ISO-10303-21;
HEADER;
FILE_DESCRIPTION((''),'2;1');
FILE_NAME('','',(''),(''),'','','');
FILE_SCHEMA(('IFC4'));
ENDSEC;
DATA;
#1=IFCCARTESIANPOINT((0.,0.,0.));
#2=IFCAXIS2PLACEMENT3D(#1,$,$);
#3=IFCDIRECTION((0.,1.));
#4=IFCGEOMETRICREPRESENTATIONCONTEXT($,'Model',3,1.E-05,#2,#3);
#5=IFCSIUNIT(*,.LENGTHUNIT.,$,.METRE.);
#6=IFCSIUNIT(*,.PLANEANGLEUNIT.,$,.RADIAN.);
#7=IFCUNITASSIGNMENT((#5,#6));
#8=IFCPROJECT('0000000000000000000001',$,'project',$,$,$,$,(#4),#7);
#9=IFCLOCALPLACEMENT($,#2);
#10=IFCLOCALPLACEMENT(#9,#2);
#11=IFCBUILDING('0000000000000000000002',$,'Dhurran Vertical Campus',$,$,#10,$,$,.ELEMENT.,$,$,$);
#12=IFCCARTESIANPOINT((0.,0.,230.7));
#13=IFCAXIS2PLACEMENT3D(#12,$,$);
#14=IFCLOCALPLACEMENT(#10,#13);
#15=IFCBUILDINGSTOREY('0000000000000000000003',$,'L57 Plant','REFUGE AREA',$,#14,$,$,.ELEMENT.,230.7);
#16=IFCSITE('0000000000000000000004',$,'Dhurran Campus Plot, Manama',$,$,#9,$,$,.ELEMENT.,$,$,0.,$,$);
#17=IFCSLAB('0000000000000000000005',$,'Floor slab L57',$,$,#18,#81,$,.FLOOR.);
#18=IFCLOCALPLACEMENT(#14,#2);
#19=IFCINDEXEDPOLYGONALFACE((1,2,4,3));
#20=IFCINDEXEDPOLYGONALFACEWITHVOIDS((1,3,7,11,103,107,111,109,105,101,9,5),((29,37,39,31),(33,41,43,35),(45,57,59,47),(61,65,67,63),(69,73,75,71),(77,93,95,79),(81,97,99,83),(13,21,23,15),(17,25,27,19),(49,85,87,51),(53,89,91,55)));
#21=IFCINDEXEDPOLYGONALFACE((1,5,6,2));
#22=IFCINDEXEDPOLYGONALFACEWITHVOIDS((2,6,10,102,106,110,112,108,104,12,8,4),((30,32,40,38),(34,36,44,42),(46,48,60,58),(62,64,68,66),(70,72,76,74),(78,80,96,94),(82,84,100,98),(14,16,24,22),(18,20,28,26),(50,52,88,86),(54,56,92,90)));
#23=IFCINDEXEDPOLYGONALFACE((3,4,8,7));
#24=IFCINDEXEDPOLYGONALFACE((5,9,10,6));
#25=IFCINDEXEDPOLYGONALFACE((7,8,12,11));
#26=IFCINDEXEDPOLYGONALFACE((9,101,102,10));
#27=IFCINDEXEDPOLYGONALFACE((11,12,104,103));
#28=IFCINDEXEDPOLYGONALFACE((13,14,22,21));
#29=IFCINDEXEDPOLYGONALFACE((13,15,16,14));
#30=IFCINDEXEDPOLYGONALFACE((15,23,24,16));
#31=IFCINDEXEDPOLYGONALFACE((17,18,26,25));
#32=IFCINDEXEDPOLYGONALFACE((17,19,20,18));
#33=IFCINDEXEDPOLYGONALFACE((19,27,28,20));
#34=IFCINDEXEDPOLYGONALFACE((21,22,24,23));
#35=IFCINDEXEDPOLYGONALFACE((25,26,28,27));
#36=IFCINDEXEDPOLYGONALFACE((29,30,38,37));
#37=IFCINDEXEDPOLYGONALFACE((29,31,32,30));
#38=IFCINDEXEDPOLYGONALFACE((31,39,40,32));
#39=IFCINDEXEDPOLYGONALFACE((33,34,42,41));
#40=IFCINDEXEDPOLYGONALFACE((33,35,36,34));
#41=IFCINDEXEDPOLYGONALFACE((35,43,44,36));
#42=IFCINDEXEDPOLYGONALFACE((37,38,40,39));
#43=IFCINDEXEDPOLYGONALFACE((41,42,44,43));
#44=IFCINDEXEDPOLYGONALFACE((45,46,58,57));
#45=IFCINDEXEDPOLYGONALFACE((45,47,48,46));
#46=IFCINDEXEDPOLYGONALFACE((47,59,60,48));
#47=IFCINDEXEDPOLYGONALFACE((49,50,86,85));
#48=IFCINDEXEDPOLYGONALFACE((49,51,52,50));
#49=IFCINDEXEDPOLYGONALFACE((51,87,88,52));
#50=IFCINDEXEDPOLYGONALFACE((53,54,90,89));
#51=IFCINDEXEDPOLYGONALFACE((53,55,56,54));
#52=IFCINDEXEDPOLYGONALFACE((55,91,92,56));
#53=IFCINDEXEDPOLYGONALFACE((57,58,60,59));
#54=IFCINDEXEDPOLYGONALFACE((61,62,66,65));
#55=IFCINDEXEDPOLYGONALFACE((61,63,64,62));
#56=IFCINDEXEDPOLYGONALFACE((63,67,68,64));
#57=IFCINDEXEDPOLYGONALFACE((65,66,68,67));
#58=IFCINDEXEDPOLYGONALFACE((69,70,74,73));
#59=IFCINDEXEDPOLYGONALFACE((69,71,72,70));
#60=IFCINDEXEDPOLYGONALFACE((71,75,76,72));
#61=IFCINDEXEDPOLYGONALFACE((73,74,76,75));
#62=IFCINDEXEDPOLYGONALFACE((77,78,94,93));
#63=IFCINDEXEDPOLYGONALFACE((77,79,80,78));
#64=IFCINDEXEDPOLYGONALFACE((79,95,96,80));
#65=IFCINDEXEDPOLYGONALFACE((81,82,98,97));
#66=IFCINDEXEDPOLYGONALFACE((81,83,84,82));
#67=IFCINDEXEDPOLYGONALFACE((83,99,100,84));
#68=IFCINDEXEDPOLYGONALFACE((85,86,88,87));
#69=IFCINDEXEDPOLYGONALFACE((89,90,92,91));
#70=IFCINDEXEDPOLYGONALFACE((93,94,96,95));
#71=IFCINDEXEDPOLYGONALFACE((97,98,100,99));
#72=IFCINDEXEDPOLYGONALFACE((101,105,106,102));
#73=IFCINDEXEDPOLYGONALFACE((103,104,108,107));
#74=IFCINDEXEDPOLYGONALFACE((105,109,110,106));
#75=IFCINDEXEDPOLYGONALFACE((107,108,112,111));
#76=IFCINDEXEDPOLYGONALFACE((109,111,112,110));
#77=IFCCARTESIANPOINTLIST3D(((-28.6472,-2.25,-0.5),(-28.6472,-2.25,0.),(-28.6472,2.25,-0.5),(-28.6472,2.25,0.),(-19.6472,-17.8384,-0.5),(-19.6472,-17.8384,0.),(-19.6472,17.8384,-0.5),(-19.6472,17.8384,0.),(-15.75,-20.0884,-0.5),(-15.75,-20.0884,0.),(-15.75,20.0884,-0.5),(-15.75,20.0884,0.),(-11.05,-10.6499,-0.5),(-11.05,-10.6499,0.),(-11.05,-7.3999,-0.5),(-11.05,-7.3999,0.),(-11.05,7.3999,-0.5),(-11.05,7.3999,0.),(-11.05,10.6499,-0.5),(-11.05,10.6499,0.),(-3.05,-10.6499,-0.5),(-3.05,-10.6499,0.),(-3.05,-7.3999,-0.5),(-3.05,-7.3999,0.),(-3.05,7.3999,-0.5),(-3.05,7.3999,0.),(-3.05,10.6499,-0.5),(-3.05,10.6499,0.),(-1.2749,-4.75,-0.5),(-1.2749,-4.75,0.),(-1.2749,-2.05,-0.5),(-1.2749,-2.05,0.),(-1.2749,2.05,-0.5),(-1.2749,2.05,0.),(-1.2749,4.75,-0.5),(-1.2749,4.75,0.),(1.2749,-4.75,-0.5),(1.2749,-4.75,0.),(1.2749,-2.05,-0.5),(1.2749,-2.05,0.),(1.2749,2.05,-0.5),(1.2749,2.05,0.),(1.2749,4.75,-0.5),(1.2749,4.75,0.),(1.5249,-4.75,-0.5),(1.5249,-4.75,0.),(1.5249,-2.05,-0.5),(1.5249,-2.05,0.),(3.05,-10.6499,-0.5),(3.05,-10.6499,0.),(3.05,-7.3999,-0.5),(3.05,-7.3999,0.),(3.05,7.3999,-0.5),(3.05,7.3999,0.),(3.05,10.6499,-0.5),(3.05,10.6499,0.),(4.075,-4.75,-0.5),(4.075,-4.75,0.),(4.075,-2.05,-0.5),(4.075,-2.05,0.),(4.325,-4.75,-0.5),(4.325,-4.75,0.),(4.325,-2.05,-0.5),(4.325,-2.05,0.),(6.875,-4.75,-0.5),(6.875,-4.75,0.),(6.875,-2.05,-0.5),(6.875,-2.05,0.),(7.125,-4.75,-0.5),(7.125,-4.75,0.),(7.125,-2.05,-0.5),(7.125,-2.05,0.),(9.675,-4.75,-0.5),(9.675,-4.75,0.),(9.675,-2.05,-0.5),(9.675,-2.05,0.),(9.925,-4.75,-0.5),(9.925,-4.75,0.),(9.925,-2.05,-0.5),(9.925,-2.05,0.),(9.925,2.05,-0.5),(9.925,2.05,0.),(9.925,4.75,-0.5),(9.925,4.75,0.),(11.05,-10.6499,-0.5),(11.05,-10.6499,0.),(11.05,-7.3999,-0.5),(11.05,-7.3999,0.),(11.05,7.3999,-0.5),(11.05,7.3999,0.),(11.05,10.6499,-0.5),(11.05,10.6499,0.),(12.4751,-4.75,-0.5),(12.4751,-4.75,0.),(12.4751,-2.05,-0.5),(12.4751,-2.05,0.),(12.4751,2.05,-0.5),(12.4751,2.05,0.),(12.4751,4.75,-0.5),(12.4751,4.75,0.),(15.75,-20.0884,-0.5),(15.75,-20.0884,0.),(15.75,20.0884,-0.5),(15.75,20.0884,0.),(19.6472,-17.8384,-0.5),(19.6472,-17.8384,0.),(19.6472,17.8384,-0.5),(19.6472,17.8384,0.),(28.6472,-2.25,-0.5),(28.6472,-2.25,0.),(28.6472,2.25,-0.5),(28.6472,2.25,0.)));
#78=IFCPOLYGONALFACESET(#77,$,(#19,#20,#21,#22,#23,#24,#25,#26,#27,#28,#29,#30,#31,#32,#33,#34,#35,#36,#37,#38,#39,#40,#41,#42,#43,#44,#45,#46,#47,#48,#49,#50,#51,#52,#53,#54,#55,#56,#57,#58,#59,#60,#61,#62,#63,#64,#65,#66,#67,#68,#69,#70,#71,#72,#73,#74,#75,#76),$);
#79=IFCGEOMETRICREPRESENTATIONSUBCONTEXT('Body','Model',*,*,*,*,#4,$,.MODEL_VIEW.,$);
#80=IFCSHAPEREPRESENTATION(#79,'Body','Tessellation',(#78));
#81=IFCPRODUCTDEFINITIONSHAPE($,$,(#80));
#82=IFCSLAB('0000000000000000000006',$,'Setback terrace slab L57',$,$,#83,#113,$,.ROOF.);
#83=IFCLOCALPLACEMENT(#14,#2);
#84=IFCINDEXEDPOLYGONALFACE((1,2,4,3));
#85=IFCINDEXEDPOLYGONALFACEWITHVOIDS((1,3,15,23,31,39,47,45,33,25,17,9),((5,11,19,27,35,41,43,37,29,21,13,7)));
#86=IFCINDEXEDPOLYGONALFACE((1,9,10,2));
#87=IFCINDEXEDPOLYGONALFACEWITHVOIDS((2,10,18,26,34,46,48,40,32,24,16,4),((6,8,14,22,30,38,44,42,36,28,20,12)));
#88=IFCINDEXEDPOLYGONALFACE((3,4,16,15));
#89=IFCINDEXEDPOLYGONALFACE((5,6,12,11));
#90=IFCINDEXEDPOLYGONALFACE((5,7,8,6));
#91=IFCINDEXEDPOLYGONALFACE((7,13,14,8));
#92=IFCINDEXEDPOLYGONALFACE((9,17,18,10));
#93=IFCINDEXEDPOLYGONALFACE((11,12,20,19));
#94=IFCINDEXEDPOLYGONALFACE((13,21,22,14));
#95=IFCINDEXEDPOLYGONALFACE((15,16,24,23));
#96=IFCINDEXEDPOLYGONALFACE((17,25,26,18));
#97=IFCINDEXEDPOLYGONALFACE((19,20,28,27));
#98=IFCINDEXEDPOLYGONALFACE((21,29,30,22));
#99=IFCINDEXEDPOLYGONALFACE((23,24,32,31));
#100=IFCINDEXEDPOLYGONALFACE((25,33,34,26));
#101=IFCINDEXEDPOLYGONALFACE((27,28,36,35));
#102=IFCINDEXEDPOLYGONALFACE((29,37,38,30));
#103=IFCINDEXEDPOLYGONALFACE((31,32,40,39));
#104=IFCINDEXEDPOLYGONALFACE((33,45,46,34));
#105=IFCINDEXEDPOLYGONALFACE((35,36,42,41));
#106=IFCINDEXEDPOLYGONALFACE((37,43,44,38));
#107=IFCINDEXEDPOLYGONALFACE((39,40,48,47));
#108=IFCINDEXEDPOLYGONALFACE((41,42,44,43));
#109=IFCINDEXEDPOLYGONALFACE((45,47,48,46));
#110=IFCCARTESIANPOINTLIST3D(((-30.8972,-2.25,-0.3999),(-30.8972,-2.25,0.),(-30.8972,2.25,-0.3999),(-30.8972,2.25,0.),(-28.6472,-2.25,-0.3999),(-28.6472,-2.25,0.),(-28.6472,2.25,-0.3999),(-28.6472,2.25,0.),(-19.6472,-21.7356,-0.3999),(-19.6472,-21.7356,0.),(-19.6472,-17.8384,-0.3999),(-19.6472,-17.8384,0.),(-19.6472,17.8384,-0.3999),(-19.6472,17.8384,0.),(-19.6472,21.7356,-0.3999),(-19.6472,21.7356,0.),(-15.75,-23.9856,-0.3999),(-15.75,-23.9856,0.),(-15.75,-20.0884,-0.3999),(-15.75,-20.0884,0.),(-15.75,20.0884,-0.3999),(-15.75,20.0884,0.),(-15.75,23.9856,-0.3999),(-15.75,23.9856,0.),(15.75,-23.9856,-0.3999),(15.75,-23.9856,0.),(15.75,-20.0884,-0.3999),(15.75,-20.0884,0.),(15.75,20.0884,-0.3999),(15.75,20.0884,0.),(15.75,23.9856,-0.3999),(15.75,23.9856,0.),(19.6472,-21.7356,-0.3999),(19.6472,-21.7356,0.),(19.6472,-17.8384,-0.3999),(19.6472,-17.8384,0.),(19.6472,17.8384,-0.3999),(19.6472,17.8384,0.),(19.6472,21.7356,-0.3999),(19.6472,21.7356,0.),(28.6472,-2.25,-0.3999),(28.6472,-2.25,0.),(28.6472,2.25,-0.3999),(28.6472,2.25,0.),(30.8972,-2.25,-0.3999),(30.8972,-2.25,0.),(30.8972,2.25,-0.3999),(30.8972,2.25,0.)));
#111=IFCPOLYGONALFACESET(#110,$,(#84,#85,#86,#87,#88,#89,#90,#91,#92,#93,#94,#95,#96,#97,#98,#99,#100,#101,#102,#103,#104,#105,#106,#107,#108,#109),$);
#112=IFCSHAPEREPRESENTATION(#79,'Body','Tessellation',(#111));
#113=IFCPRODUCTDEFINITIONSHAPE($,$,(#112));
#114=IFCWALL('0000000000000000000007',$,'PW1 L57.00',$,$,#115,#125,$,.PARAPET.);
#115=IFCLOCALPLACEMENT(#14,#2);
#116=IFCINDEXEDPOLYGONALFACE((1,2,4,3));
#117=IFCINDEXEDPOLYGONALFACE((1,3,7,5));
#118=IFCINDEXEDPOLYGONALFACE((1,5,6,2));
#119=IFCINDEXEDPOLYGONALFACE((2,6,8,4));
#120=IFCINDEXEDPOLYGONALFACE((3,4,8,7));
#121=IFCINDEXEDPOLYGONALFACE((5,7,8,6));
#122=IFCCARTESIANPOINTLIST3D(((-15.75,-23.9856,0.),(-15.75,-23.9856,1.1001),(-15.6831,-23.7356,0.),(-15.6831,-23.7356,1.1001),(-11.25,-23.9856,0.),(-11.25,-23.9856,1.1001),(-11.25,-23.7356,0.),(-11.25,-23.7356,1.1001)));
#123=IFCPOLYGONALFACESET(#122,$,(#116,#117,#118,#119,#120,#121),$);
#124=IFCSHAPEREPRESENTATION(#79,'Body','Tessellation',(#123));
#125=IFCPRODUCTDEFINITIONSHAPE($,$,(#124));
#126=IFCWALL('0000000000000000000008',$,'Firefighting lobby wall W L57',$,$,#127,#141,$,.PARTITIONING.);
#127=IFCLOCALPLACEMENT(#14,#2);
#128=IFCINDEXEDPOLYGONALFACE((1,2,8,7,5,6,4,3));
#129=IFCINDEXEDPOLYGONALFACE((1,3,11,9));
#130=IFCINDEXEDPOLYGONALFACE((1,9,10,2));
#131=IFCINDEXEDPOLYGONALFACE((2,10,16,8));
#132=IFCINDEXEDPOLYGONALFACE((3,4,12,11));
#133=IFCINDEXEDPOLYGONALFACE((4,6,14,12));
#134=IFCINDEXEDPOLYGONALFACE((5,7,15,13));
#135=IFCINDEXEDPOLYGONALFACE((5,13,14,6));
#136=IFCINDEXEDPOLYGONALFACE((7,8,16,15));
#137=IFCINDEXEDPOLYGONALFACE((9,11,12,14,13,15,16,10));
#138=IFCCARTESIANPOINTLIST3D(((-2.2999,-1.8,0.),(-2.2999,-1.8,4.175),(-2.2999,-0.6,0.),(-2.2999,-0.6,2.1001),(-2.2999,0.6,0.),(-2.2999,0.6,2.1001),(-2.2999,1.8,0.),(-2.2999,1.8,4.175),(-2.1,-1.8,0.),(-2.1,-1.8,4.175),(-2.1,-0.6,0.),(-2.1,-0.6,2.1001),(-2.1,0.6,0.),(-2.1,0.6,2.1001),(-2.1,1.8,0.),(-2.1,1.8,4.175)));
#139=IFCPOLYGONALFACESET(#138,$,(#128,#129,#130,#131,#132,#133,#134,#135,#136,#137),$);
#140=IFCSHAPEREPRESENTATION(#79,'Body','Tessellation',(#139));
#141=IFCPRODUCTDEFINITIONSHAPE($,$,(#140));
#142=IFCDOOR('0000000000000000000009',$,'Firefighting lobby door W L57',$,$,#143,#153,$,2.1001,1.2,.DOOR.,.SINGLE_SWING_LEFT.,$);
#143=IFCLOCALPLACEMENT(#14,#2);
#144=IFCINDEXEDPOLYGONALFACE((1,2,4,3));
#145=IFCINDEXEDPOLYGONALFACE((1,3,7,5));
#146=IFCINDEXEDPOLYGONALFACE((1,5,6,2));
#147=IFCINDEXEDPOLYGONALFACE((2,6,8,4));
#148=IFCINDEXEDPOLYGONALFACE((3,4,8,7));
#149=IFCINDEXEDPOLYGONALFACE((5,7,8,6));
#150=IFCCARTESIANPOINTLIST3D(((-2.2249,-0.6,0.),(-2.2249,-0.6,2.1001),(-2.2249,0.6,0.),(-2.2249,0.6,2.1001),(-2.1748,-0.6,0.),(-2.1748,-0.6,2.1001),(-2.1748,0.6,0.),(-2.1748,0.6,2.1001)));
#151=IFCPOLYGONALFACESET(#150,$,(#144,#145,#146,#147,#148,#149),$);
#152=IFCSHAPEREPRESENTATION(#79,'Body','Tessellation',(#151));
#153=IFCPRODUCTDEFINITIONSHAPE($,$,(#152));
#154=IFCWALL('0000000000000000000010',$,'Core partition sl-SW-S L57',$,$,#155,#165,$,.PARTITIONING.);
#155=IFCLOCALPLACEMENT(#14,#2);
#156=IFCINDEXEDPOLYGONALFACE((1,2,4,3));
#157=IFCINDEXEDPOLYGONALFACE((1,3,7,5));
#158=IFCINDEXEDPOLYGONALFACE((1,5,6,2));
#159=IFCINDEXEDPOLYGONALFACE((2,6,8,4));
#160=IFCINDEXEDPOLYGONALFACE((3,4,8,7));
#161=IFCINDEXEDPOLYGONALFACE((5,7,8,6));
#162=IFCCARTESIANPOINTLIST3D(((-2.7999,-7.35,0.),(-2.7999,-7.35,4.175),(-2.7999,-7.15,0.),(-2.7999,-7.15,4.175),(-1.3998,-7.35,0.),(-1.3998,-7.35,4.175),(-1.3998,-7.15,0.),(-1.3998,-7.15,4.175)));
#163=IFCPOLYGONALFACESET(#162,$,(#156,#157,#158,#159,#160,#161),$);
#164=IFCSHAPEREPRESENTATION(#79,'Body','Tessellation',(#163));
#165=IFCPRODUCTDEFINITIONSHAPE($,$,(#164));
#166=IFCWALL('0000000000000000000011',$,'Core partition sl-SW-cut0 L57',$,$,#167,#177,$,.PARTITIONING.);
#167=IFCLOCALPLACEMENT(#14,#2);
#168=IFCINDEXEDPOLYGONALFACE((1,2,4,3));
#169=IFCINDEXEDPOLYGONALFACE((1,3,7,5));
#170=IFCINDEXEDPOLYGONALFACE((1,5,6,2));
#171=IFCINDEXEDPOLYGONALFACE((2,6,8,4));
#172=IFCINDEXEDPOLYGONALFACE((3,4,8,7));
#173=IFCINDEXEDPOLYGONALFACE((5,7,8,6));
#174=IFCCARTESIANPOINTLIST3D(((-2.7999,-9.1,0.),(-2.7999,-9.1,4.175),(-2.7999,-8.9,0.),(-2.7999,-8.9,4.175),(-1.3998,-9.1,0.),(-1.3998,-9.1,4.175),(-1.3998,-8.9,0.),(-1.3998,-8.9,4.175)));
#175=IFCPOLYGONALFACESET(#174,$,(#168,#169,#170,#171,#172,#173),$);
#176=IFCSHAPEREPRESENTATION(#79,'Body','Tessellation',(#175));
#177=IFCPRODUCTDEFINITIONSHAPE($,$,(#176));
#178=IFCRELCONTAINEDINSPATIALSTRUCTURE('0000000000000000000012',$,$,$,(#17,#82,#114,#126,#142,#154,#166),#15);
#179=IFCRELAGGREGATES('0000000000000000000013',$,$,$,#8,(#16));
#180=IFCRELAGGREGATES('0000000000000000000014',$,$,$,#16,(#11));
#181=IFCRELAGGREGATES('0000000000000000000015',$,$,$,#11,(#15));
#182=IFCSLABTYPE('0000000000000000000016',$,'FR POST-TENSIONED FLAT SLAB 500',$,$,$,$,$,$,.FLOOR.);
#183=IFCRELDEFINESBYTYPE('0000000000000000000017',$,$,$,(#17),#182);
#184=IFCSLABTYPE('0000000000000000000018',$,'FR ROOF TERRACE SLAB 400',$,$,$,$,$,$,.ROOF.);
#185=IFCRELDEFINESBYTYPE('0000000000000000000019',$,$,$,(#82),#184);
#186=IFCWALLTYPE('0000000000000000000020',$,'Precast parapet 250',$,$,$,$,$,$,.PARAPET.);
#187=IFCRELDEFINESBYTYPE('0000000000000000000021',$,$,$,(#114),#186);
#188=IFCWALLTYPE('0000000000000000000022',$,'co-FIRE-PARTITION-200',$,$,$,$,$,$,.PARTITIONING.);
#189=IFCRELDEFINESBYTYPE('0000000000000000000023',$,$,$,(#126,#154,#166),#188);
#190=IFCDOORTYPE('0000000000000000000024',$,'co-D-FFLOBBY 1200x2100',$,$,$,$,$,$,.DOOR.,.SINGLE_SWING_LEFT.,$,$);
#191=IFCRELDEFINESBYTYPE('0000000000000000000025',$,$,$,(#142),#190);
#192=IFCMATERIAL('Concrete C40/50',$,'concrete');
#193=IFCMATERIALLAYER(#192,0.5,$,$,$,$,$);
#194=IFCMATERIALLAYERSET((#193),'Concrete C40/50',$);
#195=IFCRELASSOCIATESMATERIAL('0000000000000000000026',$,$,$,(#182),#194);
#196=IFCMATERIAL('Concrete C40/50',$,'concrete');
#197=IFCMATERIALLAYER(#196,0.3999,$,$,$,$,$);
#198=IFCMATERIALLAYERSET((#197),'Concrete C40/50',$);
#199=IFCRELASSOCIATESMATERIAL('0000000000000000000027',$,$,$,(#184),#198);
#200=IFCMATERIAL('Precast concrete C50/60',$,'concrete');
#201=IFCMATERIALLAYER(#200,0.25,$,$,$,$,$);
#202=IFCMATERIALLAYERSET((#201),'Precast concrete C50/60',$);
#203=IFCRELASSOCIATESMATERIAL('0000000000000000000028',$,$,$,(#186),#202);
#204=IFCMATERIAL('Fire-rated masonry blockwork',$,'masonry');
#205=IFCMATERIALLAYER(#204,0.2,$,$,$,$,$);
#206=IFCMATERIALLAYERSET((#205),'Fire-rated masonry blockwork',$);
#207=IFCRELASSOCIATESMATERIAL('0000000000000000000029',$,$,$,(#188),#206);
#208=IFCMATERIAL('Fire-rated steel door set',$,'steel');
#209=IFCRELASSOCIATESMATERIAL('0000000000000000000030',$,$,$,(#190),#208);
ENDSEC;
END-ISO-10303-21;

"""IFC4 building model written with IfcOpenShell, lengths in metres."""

from ifc_helpers import new_model, si_unit, direction, frame, frame_2d, origin, place, context, subcontext, project, spatial, polyline, rectangle, outline, extrude, material, layer, layer_set, type_object, element, fill, save


model = new_model("IFC4")

# Units and contexts
model_context = context("Model", 3, precision=1e-05, world=origin(), true_north=direction((0.0, 1.0)))
body_context = subcontext(model_context, "Body", "Model", "MODEL_VIEW")
ifc_project = project(units=[si_unit("LENGTHUNIT", "METRE"), si_unit("PLANEANGLEUNIT", "RADIAN")], contexts=[model_context])

# Site, building, storey
site_placement = place(None, origin())
site = spatial("IfcSite", under=ifc_project, at=site_placement, Name="Dhurran Campus Plot, Manama", CompositionType="ELEMENT", RefElevation=0.0)
building_placement = place(site_placement, origin())
building = spatial("IfcBuilding", under=site, at=building_placement, Name="Dhurran Vertical Campus", CompositionType="ELEMENT")
storey_placement = place(building_placement, frame((0.0, 0.0, 230.7)))
storey = spatial("IfcBuildingStorey", under=building, at=storey_placement, Name="L57 Plant", Description="REFUGE AREA", CompositionType="ELEMENT", Elevation=230.7)

# Slabs
ifc_material_1 = material(Name="Concrete C40/50", Category="concrete")
ifc_layer_1 = layer(ifc_material_1, 0.5)
ifc_layer_set_1 = layer_set([ifc_layer_1], Name="Concrete C40/50")
slab_type_1 = type_object("IfcSlabType", Name="FR POST-TENSIONED FLAT SLAB 500", PredefinedType="FLOOR", material=ifc_layer_set_1)
slab_1_placement = place(storey_placement, frame((0.0, 0.0, -0.5)))
element("IfcSlab", 1, at=slab_1_placement, inside=storey, type_object=slab_type_1, Name="Floor slab L57", PredefinedType="FLOOR", context=body_context, shape_type="SweptSolid", body=[
    extrude(outline(polyline([(-15.75, -20.0884), (15.75, -20.0884), (19.6472, -17.8384), (28.6472, -2.25), (28.6472, 2.25), (19.6472, 17.8384), (15.75, 20.0884), (-15.75, 20.0884), (-19.6472, 17.8384), (-28.6472, 2.25), (-28.6472, -2.25), (-19.6472, -17.8384), (-15.75, -20.0884)]), holes=[polyline([(-1.2749, 2.05), (1.2749, 2.05), (1.2749, 4.75), (-1.2749, 4.75), (-1.2749, 2.05)]), polyline([(9.925, 2.05), (12.4751, 2.05), (12.4751, 4.75), (9.925, 4.75), (9.925, 2.05)]), polyline([(-1.2749, -4.75), (1.2749, -4.75), (1.2749, -2.05), (-1.2749, -2.05), (-1.2749, -4.75)]), polyline([(1.5249, -4.75), (4.075, -4.75), (4.075, -2.05), (1.5249, -2.05), (1.5249, -4.75)]), polyline([(4.325, -4.75), (6.875, -4.75), (6.875, -2.05), (4.325, -2.05), (4.325, -4.75)]), polyline([(7.125, -4.75), (9.675, -4.75), (9.675, -2.05), (7.125, -2.05), (7.125, -4.75)]), polyline([(9.925, -4.75), (12.4751, -4.75), (12.4751, -2.05), (9.925, -2.05), (9.925, -4.75)]), polyline([(-11.05, 7.3999), (-3.05, 7.3999), (-3.05, 10.6499), (-11.05, 10.6499), (-11.05, 7.3999)]), polyline([(3.05, 7.3999), (11.05, 7.3999), (11.05, 10.6499), (3.05, 10.6499), (3.05, 7.3999)]), polyline([(-11.05, -10.6499), (-3.05, -10.6499), (-3.05, -7.3999), (-11.05, -7.3999), (-11.05, -10.6499)]), polyline([(3.05, -10.6499), (11.05, -10.6499), (11.05, -7.3999), (3.05, -7.3999), (3.05, -10.6499)])]), origin(), (0.0, 0.0, 1.0), 0.5),
])
ifc_material_2 = material(Name="Concrete C40/50", Category="concrete")
ifc_layer_2 = layer(ifc_material_2, 0.3999)
ifc_layer_set_2 = layer_set([ifc_layer_2], Name="Concrete C40/50")
slab_type_2 = type_object("IfcSlabType", Name="FR ROOF TERRACE SLAB 400", PredefinedType="ROOF", material=ifc_layer_set_2)
slab_2_placement = place(storey_placement, frame((0.0, 0.0, -0.3999)))
element("IfcSlab", 2, at=slab_2_placement, inside=storey, type_object=slab_type_2, Name="Setback terrace slab L57", PredefinedType="ROOF", context=body_context, shape_type="SweptSolid", body=[
    extrude(outline(polyline([(-15.75, -23.9856), (15.75, -23.9856), (19.6472, -21.7356), (30.8972, -2.25), (30.8972, 2.25), (19.6472, 21.7356), (15.75, 23.9856), (-15.75, 23.9856), (-19.6472, 21.7356), (-30.8972, 2.25), (-30.8972, -2.25), (-19.6472, -21.7356), (-15.75, -23.9856)]), holes=[polyline([(-15.75, -20.0884), (15.75, -20.0884), (19.6472, -17.8384), (28.6472, -2.25), (28.6472, 2.25), (19.6472, 17.8384), (15.75, 20.0884), (-15.75, 20.0884), (-19.6472, 17.8384), (-28.6472, 2.25), (-28.6472, -2.25), (-19.6472, -17.8384), (-15.75, -20.0884)])]), origin(), (0.0, 0.0, 1.0), 0.3999),
])

# Wall
ifc_material_3 = material(Name="Precast concrete C50/60", Category="concrete")
ifc_layer_3 = layer(ifc_material_3, 0.25)
ifc_layer_set_3 = layer_set([ifc_layer_3], Name="Precast concrete C50/60")
wall_type_1 = type_object("IfcWallType", Name="Precast parapet 250", PredefinedType="PARAPET", material=ifc_layer_set_3)
wall_1_placement = place(storey_placement, origin())
element("IfcWall", 3, at=wall_1_placement, inside=storey, type_object=wall_type_1, Name="PW1 L57.00", PredefinedType="PARAPET", context=body_context, shape_type="SweptSolid", body=[
    extrude(outline(polyline([(-15.75, -23.9856), (-11.25, -23.9856), (-11.25, -23.7356), (-15.6831, -23.7356), (-15.75, -23.9856)])), origin(), (0.0, 0.0, 1.0), 1.1001),
])

# Wall, opening, door
ifc_material_4 = material(Name="Fire-rated masonry blockwork", Category="masonry")
ifc_layer_4 = layer(ifc_material_4, 0.2)
ifc_layer_set_4 = layer_set([ifc_layer_4], Name="Fire-rated masonry blockwork")
wall_type_2 = type_object("IfcWallType", Name="co-FIRE-PARTITION-200", PredefinedType="PARTITIONING", material=ifc_layer_set_4)
wall_2_placement = place(storey_placement, frame((-2.2, -1.8, 0.0), z_axis=(0.0, 0.0, 1.0), x_axis=(0.0, 1.0, 0.0)))
wall_2 = element("IfcWall", 4, at=wall_2_placement, inside=storey, type_object=wall_type_2, Name="Firefighting lobby wall W L57", PredefinedType="PARTITIONING", context=body_context, shape_type="SweptSolid", body=[
    extrude(rectangle(XDim=3.6001, YDim=0.2, at=frame_2d((1.8, 0.0))), origin(), (0.0, 0.0, 1.0), 4.175),
])
opening_1_placement = place(wall_2_placement, frame((1.2, 0.0, 0.0)))
opening_1 = element("IfcOpeningElement", 5, at=opening_1_placement, cuts=wall_2, PredefinedType="OPENING", context=body_context, shape_type="SweptSolid", body=[
    extrude(rectangle(XDim=1.2, YDim=2.1001, at=frame_2d((0.6001, 1.05))), frame((0.0, 0.1099, 0.0), z_axis=(0.0, -1.0, 0.0), x_axis=(1.0, 0.0, 0.0)), (0.0, 0.0, 1.0), 0.22),
])
ifc_material_5 = material(Name="Fire-rated steel door set", Category="steel")
door_type_1 = type_object("IfcDoorType", Name="co-D-FFLOBBY 1200x2100", OperationType="SINGLE_SWING_LEFT", PredefinedType="DOOR", material=ifc_material_5)
door_1_placement = place(opening_1_placement, origin())
door_1 = element("IfcDoor", 6, at=door_1_placement, inside=storey, type_object=door_type_1, Name="Firefighting lobby door W L57", OperationType="SINGLE_SWING_LEFT", OverallHeight=2.1001, OverallWidth=1.2, PredefinedType="DOOR", context=body_context, shape_type="SweptSolid", body=[
    extrude(rectangle(XDim=1.2, YDim=2.1001, at=frame_2d((0.6001, 1.05))), frame((0.0, 0.0249, 0.0), z_axis=(0.0, -1.0, 0.0), x_axis=(1.0, 0.0, 0.0)), (0.0, 0.0, 1.0), 0.05),
])
fill(opening_1, door_1)

# Walls
for number, where, z_axis, x_axis, name in (
    (7, (-2.8, -7.25, 0.0), (0.0, 0.0, 1.0), (1.0, 0.0, 0.0), "Core partition sl-SW-S L57"),
    (8, (-2.8, -9.0, 0.0), (0.0, 0.0, 1.0), (1.0, 0.0, 0.0), "Core partition sl-SW-cut0 L57"),
):
    element("IfcWall", number, at=place(storey_placement, frame(where, z_axis=z_axis, x_axis=x_axis)), inside=storey, type_object=wall_type_2, Name=name, PredefinedType="PARTITIONING", context=body_context, shape_type="SweptSolid", body=[
        extrude(rectangle(XDim=1.4001, YDim=0.2, at=frame_2d((0.7002, 0.0))), origin(), (0.0, 0.0, 1.0), 4.175),
    ])

save(model, "model.ifc")
